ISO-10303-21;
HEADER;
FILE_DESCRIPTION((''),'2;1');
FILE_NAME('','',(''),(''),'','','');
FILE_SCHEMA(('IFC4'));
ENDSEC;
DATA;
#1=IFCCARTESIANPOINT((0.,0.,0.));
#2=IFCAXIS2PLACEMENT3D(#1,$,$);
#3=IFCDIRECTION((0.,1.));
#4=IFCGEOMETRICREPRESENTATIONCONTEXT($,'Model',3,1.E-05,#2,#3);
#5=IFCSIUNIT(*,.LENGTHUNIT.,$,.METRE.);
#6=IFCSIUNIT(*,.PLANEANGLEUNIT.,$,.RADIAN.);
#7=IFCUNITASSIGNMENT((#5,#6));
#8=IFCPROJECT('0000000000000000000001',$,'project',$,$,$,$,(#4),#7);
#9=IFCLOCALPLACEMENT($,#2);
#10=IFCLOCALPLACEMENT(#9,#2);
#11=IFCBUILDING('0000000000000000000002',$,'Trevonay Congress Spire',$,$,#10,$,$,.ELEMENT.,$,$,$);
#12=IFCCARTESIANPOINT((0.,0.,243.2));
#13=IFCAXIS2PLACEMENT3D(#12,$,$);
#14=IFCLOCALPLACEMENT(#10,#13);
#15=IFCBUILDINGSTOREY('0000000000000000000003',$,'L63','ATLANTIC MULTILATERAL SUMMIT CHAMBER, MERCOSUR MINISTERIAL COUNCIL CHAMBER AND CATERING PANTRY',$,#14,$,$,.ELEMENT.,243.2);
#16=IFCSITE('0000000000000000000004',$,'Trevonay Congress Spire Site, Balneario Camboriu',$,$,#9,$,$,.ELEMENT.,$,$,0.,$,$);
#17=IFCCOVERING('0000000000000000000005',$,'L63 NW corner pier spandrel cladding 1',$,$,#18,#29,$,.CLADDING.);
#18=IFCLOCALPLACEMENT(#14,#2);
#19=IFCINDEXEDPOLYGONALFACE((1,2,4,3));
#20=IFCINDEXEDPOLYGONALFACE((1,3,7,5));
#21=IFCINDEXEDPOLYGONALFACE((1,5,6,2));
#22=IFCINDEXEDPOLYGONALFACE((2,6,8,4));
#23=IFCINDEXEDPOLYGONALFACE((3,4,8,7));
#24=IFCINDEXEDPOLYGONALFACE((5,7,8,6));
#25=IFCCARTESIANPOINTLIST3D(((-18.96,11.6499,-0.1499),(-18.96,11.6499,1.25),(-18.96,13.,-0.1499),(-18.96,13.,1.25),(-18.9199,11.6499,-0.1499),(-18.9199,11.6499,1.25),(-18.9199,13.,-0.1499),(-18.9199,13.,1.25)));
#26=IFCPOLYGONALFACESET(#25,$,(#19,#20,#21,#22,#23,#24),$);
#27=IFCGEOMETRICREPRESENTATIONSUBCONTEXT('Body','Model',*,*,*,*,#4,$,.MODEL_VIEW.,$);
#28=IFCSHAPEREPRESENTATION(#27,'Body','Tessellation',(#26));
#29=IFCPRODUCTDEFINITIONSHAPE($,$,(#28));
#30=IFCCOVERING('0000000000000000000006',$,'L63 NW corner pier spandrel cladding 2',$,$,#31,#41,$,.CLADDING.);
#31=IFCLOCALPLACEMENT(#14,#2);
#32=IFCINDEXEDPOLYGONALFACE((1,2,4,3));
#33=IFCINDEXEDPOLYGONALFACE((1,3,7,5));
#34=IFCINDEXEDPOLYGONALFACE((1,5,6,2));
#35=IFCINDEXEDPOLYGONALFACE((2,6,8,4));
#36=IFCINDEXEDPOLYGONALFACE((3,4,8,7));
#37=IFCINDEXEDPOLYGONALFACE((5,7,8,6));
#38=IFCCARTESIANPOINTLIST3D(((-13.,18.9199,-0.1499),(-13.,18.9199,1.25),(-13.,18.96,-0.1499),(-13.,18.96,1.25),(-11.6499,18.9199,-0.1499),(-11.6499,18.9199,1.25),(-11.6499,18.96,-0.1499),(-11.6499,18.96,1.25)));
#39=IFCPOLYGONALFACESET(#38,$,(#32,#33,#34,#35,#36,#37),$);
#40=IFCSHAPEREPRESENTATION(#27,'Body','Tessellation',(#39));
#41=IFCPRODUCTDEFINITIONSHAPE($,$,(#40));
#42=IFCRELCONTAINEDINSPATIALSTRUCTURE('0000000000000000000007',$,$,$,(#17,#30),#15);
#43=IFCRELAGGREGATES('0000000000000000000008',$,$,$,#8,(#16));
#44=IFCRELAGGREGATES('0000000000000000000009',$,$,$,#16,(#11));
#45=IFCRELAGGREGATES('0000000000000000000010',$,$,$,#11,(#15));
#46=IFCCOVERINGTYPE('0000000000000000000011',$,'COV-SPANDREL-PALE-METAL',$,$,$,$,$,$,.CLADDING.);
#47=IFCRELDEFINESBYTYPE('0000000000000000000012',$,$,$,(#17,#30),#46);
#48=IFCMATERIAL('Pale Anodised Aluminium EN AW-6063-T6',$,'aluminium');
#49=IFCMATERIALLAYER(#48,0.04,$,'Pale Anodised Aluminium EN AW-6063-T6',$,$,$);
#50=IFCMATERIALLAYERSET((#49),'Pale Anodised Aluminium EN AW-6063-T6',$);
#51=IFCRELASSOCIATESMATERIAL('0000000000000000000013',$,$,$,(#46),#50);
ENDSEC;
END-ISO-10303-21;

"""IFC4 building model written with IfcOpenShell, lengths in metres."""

from ifc_helpers import new_model, si_unit, direction, frame, frame_2d, origin, place, context, subcontext, project, spatial, rectangle, extrude, material, layer, layer_set, type_object, element, save


model = new_model("IFC4")

# Units and contexts
model_context = context("Model", 3, precision=1e-05, world=origin(), true_north=direction((0.0, 1.0)))
body_context = subcontext(model_context, "Body", "Model", "MODEL_VIEW")
ifc_project = project(units=[si_unit("LENGTHUNIT", "METRE"), si_unit("PLANEANGLEUNIT", "RADIAN")], contexts=[model_context])

# Site, building, storey
site_placement = place(None, origin())
site = spatial("IfcSite", under=ifc_project, at=site_placement, Name="Trevonay Congress Spire Site, Balneario Camboriu", CompositionType="ELEMENT", RefElevation=0.0)
building_placement = place(site_placement, origin())
building = spatial("IfcBuilding", under=site, at=building_placement, Name="Trevonay Congress Spire", CompositionType="ELEMENT")
storey_placement = place(building_placement, frame((0.0, 0.0, 243.2)))
storey = spatial("IfcBuildingStorey", under=building, at=storey_placement, Name="L63", Description="ATLANTIC MULTILATERAL SUMMIT CHAMBER, MERCOSUR MINISTERIAL COUNCIL CHAMBER AND CATERING PANTRY", CompositionType="ELEMENT", Elevation=243.2)

# Shared definitions
ifc_material_1 = material(Name="Pale Anodised Aluminium EN AW-6063-T6", Category="aluminium")

# Coverings
ifc_layer_1 = layer(ifc_material_1, 0.04, Name="Pale Anodised Aluminium EN AW-6063-T6")
ifc_layer_set_1 = layer_set([ifc_layer_1], Name="Pale Anodised Aluminium EN AW-6063-T6")
covering_type = type_object("IfcCoveringType", Name="COV-SPANDREL-PALE-METAL", PredefinedType="CLADDING", material=ifc_layer_set_1)
for number, where, z_axis, x_axis, name in (
    (1, (-18.9399, 11.6499, -0.1499), (0.0, 0.0, 1.0), (0.0, 1.0, 0.0), "L63 NW corner pier spandrel cladding 1"),
    (2, (-11.6499, 18.9399, -0.1499), (0.0, 0.0, 1.0), (-1.0, 0.0, 0.0), "L63 NW corner pier spandrel cladding 2"),
):
    element("IfcCovering", number, at=place(storey_placement, frame(where, z_axis=z_axis, x_axis=x_axis)), inside=storey, type_object=covering_type, Name=name, PredefinedType="CLADDING", context=body_context, shape_type="SweptSolid", body=[
        extrude(rectangle(XDim=1.3501, YDim=0.04, at=frame_2d((0.675, 0.0))), origin(), (0.0, 0.0, 1.0), 1.3999),
    ])

save(model, "model.ifc")
